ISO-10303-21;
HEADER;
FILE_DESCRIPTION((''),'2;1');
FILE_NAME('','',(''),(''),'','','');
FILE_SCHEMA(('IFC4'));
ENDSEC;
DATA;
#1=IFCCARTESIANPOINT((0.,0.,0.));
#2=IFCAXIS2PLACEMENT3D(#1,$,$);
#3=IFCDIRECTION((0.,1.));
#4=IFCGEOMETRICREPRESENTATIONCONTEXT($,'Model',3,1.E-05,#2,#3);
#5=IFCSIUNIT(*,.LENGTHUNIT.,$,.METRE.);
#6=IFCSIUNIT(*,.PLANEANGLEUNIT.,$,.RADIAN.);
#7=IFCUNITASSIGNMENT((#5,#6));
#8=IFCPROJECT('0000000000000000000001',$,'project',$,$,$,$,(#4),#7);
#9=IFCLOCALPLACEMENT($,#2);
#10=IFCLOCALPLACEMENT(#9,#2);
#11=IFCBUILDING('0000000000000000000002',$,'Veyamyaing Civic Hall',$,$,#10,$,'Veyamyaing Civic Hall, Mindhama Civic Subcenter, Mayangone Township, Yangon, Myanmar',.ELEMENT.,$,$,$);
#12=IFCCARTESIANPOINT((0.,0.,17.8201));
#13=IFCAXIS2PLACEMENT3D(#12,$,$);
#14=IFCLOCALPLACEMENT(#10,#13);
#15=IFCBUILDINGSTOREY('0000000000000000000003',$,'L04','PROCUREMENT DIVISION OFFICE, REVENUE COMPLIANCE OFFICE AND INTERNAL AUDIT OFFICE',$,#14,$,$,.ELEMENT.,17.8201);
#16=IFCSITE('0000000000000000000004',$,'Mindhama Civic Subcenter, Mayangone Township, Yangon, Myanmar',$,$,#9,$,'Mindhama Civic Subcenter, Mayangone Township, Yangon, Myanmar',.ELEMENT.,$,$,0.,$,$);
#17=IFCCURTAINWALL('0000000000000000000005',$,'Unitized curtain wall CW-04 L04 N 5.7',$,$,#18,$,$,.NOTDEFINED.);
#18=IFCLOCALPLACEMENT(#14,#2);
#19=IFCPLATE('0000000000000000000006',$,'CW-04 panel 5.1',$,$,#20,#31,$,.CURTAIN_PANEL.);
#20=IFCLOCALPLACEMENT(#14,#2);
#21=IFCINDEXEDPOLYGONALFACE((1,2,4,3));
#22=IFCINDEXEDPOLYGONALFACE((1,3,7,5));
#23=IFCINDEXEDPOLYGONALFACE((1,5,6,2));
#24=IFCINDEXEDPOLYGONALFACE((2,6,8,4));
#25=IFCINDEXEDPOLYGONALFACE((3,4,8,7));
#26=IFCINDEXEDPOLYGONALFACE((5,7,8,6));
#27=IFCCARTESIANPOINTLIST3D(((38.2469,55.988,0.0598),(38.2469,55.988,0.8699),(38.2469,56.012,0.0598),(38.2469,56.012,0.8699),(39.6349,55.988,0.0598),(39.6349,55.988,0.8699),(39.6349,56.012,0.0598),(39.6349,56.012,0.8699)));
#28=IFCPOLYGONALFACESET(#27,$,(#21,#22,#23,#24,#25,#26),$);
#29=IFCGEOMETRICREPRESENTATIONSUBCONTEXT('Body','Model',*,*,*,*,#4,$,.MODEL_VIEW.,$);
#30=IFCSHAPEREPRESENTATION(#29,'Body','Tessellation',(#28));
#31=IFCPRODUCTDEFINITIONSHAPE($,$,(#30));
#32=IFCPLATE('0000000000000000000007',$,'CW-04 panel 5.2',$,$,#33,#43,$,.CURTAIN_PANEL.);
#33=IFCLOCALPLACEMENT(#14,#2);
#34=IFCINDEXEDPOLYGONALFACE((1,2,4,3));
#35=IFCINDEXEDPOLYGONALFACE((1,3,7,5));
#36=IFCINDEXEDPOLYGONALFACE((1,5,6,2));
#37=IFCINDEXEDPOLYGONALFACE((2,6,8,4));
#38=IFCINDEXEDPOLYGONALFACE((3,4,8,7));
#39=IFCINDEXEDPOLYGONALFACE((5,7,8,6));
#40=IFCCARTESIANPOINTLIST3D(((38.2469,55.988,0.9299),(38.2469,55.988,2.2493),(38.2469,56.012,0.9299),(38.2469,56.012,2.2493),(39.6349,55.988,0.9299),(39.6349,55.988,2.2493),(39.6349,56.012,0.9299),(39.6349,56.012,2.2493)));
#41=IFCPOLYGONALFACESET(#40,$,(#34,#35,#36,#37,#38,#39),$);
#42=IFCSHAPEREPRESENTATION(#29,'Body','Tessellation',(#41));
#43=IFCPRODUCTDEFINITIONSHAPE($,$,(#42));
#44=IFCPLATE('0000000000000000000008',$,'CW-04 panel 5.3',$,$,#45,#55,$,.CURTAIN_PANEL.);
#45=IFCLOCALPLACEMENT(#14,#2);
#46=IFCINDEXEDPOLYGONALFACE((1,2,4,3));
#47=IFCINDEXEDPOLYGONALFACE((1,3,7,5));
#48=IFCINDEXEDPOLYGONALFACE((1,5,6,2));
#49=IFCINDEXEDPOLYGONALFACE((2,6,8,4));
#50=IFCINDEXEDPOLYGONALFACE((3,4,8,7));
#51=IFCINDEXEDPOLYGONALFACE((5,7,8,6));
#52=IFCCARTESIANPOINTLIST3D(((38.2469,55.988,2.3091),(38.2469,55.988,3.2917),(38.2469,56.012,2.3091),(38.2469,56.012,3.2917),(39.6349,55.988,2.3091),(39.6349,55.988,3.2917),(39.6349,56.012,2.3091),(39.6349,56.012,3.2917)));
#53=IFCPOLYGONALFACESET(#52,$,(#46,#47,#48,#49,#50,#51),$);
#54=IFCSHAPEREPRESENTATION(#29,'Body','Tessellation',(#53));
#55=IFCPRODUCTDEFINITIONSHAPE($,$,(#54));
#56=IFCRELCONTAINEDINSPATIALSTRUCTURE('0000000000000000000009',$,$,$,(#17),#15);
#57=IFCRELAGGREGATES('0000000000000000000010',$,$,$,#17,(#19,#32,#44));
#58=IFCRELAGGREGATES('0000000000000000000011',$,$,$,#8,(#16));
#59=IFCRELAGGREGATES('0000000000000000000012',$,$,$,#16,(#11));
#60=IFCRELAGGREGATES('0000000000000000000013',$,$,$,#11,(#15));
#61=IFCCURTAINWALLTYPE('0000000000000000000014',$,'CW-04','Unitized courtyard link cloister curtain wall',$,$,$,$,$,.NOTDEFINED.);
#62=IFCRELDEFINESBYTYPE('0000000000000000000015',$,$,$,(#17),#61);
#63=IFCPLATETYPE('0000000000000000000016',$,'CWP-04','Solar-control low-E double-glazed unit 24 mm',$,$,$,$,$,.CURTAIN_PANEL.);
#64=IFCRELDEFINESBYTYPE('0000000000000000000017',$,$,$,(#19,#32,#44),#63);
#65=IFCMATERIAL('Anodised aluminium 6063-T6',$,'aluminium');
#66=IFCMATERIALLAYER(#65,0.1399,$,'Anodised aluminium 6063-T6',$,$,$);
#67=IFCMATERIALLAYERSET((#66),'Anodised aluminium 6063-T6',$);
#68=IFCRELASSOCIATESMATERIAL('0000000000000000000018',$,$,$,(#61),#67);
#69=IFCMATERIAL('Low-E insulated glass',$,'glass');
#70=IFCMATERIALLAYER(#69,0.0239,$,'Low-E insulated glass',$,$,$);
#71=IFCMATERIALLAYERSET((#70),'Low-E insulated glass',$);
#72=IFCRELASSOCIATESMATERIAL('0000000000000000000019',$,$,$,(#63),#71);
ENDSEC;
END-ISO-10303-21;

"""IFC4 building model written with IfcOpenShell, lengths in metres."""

from ifc_helpers import new_model, si_unit, direction, frame, origin, origin_2d, place, context, subcontext, project, spatial, rectangle, extrude, material, layer, layer_set, type_object, element, aggregate, save


model = new_model("IFC4")

# Units and contexts
model_context = context("Model", 3, precision=1e-05, world=origin(), true_north=direction((0.0, 1.0)))
body_context = subcontext(model_context, "Body", "Model", "MODEL_VIEW")
ifc_project = project(units=[si_unit("LENGTHUNIT", "METRE"), si_unit("PLANEANGLEUNIT", "RADIAN")], contexts=[model_context])

# Site, building, storey
site_placement = place(None, origin())
site = spatial("IfcSite", under=ifc_project, at=site_placement, Name="Mindhama Civic Subcenter, Mayangone Township, Yangon, Myanmar", LongName="Mindhama Civic Subcenter, Mayangone Township, Yangon, Myanmar", CompositionType="ELEMENT", RefElevation=0.0)
building_placement = place(site_placement, origin())
building = spatial("IfcBuilding", under=site, at=building_placement, Name="Veyamyaing Civic Hall", LongName="Veyamyaing Civic Hall, Mindhama Civic Subcenter, Mayangone Township, Yangon, Myanmar", CompositionType="ELEMENT")
storey_placement = place(building_placement, frame((0.0, 0.0, 17.8201)))
storey = spatial("IfcBuildingStorey", under=building, at=storey_placement, Name="L04", Description="PROCUREMENT DIVISION OFFICE, REVENUE COMPLIANCE OFFICE AND INTERNAL AUDIT OFFICE", CompositionType="ELEMENT", Elevation=17.8201)

# Curtain wall
ifc_material_1 = material(Name="Anodised aluminium 6063-T6", Category="aluminium")
ifc_layer_1 = layer(ifc_material_1, 0.1399, Name="Anodised aluminium 6063-T6")
ifc_layer_set_1 = layer_set([ifc_layer_1], Name="Anodised aluminium 6063-T6")
curtain_wall_type = type_object("IfcCurtainWallType", Name="CW-04", Description="Unitized courtyard link cloister curtain wall", PredefinedType="NOTDEFINED", material=ifc_layer_set_1)
curtain_wall_1_placement = place(storey_placement, origin())
curtain_wall_1 = element("IfcCurtainWall", 1, at=curtain_wall_1_placement, inside=storey, type_object=curtain_wall_type, Name="Unitized curtain wall CW-04 L04 N 5.7", PredefinedType="NOTDEFINED")

# Plates
ifc_material_2 = material(Name="Low-E insulated glass", Category="glass")
ifc_layer_2 = layer(ifc_material_2, 0.0239, Name="Low-E insulated glass")
ifc_layer_set_2 = layer_set([ifc_layer_2], Name="Low-E insulated glass")
plate_type = type_object("IfcPlateType", Name="CWP-04", Description="Solar-control low-E double-glazed unit 24 mm", PredefinedType="CURTAIN_PANEL", material=ifc_layer_set_2)
plate_1_placement = place(storey_placement, frame((38.9409, 56.0, 0.0598), z_axis=(0.0, 0.0, 1.0), x_axis=(1.0, 0.0, 0.0)))
plate_1 = element("IfcPlate", 2, at=plate_1_placement, type_object=plate_type, Name="CW-04 panel 5.1", PredefinedType="CURTAIN_PANEL", context=body_context, shape_type="SweptSolid", body=[
    extrude(rectangle(XDim=1.3879, YDim=0.0239, at=origin_2d()), origin(), (0.0, 0.0, 1.0), 0.8101),
])
plate_2_placement = place(storey_placement, frame((38.9409, 56.0, 0.9299), z_axis=(0.0, 0.0, 1.0), x_axis=(1.0, 0.0, 0.0)))
plate_2 = element("IfcPlate", 3, at=plate_2_placement, type_object=plate_type, Name="CW-04 panel 5.2", PredefinedType="CURTAIN_PANEL", context=body_context, shape_type="SweptSolid", body=[
    extrude(rectangle(XDim=1.3879, YDim=0.0239, at=origin_2d()), origin(), (0.0, 0.0, 1.0), 1.3193),
])
plate_3_placement = place(storey_placement, frame((38.9409, 56.0, 2.3091), z_axis=(0.0, 0.0, 1.0), x_axis=(1.0, 0.0, 0.0)))
plate_3 = element("IfcPlate", 4, at=plate_3_placement, type_object=plate_type, Name="CW-04 panel 5.3", PredefinedType="CURTAIN_PANEL", context=body_context, shape_type="SweptSolid", body=[
    extrude(rectangle(XDim=1.3879, YDim=0.0239, at=origin_2d()), origin(), (0.0, 0.0, 1.0), 0.9827),
])
aggregate(curtain_wall_1, [plate_1, plate_2, plate_3])

save(model, "model.ifc")
